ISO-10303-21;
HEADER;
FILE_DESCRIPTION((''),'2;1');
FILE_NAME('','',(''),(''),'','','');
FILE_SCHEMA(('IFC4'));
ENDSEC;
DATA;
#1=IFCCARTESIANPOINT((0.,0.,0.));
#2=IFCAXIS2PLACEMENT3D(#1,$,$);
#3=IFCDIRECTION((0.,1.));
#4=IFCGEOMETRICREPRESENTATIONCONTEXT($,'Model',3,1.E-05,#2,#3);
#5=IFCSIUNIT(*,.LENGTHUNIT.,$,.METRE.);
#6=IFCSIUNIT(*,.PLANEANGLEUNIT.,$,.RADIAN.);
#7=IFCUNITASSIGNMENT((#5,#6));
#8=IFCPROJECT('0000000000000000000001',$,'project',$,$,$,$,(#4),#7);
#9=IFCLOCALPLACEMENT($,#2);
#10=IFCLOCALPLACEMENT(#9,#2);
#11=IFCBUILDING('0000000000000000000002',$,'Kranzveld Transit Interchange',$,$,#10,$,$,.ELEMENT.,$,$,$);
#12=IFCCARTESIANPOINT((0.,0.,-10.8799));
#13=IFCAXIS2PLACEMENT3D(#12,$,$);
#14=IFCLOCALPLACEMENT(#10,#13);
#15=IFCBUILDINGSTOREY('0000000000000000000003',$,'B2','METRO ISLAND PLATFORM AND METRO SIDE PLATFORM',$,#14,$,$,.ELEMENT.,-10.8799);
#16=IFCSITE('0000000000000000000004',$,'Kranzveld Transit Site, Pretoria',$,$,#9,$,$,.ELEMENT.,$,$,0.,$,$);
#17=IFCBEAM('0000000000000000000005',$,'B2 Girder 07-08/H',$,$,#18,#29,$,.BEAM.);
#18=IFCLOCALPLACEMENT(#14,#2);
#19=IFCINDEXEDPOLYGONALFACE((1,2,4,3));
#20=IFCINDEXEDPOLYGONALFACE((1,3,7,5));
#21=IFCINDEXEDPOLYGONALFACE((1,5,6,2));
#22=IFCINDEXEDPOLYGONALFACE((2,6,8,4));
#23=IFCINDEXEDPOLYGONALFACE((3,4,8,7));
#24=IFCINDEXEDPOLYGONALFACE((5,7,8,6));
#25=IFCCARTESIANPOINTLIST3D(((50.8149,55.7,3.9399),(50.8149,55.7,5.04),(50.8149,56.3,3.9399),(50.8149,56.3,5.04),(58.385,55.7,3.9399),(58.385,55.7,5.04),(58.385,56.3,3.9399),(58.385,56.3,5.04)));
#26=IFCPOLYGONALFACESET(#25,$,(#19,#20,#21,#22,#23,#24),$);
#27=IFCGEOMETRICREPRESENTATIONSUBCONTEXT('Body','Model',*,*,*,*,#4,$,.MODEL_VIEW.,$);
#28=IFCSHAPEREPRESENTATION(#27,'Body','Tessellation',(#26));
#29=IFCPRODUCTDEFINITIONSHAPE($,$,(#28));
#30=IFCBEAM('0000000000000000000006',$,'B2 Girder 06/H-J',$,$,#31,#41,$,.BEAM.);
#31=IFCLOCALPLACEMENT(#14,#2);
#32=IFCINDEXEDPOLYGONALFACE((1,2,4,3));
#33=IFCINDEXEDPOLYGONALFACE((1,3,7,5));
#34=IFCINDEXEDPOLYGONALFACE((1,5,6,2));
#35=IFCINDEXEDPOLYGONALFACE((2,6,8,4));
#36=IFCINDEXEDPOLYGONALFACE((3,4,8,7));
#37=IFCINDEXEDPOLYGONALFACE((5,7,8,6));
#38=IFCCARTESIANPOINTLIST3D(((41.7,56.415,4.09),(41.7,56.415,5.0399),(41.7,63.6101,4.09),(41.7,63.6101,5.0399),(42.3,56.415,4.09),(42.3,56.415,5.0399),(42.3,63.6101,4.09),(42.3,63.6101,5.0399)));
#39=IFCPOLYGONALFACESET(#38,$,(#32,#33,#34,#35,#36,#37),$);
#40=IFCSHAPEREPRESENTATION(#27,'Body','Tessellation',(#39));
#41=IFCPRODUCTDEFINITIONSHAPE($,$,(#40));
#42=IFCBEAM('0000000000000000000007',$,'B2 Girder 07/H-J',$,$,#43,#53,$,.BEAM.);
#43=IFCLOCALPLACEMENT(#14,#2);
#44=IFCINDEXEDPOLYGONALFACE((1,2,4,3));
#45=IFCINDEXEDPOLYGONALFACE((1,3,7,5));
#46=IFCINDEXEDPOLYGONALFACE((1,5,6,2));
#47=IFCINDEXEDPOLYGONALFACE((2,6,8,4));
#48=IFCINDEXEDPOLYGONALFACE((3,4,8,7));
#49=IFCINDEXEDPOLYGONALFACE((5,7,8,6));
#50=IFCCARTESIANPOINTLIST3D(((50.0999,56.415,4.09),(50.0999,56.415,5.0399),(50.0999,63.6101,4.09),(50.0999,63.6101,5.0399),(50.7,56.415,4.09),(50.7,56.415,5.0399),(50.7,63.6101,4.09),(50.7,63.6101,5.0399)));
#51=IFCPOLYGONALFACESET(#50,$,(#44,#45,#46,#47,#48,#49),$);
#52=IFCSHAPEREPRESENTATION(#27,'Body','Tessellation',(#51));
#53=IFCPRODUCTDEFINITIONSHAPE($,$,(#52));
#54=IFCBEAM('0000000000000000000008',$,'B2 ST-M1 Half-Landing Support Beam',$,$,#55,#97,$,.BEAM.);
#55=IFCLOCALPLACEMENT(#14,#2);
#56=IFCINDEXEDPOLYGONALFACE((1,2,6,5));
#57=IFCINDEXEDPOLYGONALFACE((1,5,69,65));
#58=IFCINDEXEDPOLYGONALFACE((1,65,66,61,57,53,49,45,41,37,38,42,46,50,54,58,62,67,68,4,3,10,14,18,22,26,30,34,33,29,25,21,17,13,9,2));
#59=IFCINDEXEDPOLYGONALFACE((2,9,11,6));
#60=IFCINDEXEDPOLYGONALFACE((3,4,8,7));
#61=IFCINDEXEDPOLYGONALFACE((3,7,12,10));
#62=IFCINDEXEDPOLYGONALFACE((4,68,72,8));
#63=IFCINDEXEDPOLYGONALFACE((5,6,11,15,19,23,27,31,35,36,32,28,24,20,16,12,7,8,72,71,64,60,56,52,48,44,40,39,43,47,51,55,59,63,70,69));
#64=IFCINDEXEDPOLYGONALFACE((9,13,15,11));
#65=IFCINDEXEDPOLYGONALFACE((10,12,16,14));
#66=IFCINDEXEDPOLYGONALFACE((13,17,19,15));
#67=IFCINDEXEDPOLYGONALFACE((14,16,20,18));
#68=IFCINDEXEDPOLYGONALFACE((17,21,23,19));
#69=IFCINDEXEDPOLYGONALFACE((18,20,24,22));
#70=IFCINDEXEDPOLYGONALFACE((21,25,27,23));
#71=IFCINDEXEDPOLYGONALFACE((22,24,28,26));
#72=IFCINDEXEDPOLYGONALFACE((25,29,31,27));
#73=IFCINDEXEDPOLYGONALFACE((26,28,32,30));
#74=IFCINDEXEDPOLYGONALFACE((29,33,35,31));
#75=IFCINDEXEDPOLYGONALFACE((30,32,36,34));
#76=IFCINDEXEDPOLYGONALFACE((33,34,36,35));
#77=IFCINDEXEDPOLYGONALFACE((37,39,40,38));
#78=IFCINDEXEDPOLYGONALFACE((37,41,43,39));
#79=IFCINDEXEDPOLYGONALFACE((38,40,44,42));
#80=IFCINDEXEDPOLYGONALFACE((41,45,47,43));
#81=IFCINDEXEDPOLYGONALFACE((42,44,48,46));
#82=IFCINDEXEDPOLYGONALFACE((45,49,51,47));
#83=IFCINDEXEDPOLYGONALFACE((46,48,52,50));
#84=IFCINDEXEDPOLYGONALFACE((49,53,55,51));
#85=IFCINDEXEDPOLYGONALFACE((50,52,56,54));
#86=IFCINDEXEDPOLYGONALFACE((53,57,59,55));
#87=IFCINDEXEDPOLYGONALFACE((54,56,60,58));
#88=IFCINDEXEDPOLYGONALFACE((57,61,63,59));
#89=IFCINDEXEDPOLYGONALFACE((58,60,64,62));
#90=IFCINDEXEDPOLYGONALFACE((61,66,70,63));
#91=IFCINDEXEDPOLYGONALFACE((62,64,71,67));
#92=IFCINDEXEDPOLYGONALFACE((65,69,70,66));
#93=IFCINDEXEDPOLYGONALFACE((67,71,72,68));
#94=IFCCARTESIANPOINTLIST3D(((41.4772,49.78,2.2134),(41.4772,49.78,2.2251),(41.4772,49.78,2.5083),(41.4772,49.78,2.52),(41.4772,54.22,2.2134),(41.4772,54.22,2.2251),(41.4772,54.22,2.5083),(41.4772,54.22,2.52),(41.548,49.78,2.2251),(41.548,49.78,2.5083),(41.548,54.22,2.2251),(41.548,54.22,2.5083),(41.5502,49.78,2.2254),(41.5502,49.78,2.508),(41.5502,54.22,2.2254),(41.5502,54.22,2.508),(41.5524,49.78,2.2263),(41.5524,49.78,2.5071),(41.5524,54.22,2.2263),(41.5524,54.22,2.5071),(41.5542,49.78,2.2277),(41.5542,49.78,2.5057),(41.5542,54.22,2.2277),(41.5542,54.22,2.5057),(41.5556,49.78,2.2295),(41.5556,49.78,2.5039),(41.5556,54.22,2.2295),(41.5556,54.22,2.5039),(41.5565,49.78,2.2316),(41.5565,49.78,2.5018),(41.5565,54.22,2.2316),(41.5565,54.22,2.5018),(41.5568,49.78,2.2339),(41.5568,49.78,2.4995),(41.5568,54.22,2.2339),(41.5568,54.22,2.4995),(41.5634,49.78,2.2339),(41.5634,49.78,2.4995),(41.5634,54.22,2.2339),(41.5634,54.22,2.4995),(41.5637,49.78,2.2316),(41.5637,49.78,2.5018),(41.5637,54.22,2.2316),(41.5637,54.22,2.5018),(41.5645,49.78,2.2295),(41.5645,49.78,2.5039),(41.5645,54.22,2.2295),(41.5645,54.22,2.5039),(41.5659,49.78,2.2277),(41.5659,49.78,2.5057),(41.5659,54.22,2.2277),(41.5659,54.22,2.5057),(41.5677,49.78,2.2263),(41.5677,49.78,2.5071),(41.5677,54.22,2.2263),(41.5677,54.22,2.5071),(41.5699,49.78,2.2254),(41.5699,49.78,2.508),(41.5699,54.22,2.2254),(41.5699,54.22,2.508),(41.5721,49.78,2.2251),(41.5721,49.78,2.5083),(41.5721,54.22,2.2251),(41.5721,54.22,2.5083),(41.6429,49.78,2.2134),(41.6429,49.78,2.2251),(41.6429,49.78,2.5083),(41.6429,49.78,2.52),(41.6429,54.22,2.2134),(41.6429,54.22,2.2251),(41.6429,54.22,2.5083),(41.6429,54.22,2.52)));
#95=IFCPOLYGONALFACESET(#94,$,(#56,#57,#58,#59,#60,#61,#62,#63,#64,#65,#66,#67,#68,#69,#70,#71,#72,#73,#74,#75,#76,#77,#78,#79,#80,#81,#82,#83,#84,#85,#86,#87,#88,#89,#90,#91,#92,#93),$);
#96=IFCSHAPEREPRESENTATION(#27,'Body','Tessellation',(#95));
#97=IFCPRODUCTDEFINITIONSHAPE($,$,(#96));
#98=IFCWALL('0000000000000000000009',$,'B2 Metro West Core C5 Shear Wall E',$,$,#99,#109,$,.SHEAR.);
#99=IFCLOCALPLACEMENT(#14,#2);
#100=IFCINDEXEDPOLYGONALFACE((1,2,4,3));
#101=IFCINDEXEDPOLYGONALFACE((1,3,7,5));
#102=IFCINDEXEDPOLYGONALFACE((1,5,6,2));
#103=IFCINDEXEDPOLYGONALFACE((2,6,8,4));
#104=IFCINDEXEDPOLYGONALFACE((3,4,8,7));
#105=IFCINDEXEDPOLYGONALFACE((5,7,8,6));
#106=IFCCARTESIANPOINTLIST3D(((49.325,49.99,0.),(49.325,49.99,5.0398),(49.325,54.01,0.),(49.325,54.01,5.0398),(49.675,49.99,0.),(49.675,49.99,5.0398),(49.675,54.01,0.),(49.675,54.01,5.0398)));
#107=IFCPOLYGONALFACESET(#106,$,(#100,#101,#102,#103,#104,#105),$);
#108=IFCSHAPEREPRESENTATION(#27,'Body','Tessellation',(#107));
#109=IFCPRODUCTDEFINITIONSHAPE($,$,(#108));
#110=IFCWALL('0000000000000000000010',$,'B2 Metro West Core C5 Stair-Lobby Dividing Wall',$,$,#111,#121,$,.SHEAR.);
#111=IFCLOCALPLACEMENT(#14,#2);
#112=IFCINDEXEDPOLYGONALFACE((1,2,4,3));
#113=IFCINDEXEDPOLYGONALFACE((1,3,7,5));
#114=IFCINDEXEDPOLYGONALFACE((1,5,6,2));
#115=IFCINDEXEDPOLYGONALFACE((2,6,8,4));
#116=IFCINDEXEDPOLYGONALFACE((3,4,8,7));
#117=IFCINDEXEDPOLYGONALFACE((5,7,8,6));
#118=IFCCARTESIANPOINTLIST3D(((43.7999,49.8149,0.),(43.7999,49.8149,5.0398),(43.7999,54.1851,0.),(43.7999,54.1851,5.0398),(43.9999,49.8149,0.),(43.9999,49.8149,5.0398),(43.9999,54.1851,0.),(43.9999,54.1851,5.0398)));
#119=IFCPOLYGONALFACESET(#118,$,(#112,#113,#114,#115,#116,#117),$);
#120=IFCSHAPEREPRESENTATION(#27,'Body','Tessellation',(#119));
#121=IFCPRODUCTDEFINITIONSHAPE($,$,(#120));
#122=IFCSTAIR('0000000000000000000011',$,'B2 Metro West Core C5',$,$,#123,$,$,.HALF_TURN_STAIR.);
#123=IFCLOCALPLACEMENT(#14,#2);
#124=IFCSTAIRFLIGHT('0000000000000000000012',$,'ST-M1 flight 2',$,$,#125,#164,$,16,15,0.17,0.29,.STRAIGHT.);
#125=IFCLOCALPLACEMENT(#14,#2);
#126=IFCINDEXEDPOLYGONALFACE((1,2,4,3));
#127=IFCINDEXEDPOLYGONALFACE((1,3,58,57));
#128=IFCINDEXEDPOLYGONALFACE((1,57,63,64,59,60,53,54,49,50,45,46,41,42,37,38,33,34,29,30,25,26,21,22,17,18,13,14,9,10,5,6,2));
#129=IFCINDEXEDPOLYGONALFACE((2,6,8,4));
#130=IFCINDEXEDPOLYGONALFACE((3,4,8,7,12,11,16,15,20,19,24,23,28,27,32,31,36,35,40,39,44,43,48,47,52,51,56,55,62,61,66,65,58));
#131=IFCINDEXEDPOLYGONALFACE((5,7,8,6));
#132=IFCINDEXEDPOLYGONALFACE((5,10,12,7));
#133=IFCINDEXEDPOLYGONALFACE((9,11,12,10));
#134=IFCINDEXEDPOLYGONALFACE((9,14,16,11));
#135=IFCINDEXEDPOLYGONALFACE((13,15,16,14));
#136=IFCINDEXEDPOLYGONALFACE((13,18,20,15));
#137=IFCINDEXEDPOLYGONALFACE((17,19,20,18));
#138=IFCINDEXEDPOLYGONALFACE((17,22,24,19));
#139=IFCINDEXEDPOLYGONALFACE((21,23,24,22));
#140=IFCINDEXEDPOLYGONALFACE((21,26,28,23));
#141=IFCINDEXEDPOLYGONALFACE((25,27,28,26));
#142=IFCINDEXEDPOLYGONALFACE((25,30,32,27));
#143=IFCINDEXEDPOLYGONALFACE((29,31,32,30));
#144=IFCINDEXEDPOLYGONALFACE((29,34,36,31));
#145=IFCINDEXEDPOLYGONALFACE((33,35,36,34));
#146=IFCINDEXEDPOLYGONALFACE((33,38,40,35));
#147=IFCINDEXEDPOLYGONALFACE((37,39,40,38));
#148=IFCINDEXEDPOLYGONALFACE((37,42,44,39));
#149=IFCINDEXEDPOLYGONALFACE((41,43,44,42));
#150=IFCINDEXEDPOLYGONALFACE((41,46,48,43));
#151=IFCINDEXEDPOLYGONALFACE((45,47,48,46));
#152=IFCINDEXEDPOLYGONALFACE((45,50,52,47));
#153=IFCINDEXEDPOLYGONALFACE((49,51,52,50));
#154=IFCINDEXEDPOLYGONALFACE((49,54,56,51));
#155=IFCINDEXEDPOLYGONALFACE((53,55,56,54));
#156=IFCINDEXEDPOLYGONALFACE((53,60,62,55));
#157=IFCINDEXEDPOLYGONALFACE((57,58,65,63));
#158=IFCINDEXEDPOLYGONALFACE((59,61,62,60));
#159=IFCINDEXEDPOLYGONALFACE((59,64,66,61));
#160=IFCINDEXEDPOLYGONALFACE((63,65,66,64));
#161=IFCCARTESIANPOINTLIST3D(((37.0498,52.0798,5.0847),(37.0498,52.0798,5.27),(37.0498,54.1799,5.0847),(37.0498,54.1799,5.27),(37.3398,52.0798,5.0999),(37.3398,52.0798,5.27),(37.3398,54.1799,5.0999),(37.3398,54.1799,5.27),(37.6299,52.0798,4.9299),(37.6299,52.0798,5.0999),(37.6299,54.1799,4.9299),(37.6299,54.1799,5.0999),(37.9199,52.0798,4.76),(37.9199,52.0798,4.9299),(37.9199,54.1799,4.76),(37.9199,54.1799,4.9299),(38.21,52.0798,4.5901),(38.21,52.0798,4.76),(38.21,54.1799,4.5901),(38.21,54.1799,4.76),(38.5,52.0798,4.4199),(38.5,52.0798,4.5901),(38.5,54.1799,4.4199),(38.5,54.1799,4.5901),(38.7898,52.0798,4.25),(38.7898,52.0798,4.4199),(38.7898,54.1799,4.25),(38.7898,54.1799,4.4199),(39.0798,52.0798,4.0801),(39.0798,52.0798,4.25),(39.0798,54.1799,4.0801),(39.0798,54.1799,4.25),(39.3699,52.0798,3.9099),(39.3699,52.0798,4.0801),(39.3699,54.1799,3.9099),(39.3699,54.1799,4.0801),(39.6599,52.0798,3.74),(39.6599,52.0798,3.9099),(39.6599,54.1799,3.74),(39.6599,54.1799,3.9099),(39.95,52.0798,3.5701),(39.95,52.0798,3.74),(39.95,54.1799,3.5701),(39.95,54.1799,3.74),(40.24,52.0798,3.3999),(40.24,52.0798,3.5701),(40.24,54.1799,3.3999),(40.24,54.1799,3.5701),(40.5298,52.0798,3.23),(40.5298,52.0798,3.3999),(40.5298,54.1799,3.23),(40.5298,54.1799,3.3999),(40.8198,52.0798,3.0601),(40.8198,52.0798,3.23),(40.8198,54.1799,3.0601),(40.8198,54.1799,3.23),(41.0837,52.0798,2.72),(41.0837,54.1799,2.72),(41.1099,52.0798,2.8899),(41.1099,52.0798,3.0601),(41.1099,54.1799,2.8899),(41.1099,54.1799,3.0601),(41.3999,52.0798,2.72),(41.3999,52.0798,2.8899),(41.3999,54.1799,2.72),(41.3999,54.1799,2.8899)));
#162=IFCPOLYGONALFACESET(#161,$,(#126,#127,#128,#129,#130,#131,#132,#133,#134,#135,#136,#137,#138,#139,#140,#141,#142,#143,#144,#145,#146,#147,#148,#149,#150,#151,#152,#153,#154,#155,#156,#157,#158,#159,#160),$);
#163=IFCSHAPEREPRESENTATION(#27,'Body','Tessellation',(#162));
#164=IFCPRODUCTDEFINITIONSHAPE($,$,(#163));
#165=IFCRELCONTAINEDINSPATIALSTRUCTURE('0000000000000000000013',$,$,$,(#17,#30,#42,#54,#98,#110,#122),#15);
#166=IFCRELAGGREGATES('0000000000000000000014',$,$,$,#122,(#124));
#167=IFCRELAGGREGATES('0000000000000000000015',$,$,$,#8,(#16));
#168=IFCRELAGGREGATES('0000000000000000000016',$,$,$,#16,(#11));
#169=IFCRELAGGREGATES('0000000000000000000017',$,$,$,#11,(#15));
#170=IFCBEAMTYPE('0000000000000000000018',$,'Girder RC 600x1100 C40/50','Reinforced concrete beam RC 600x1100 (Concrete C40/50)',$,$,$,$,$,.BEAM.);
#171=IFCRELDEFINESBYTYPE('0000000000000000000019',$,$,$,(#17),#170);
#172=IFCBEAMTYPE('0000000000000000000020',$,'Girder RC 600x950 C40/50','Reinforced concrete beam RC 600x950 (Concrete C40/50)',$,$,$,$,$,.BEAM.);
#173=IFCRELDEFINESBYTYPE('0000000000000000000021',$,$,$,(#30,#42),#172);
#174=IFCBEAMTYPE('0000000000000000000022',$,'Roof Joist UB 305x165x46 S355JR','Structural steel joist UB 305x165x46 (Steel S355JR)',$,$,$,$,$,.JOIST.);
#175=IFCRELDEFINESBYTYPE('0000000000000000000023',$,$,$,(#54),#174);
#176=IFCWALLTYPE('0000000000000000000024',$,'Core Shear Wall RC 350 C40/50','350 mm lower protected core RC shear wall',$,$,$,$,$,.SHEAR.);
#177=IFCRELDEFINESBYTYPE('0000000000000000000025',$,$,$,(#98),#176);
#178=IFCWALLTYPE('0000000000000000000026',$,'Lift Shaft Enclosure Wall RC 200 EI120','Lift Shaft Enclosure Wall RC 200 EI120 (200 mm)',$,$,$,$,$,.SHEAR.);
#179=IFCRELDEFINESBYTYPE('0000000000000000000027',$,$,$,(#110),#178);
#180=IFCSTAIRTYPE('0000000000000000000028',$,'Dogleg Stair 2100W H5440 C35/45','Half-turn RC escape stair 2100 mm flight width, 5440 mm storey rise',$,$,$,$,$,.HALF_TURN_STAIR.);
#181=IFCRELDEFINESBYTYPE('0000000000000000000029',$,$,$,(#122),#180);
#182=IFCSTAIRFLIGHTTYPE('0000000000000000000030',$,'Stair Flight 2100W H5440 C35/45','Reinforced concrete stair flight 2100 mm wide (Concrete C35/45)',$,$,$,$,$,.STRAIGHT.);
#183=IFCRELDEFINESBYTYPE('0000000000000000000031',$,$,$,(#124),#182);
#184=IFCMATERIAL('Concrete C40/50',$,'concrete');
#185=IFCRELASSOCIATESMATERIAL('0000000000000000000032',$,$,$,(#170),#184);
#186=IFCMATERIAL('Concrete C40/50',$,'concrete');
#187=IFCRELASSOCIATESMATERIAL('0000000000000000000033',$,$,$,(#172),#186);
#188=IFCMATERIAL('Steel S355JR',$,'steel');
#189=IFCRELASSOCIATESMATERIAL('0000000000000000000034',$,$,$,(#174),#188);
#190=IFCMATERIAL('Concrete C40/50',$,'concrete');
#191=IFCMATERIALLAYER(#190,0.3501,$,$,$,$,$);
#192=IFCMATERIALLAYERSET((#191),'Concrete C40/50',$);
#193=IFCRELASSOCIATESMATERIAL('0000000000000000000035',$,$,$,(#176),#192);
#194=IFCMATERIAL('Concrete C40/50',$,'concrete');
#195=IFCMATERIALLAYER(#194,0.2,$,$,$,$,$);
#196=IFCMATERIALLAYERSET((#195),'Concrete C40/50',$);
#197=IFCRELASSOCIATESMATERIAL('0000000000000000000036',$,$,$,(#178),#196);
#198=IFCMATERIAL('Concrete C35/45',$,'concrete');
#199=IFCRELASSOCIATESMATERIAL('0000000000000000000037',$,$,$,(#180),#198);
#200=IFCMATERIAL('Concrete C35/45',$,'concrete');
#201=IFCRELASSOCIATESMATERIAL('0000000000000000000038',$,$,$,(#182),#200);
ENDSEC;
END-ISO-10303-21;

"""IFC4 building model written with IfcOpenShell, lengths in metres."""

from ifc_helpers import new_model, si_unit, direction, frame, frame_2d, origin, origin_2d, place, context, subcontext, project, spatial, polyline, rectangle, i_section, outline, extrude, material, layer, layer_set, material_profile, profile_set, type_object, element, aggregate, save


model = new_model("IFC4")

# Units and contexts
model_context = context("Model", 3, precision=1e-05, world=origin(), true_north=direction((0.0, 1.0)))
body_context = subcontext(model_context, "Body", "Model", "MODEL_VIEW")
ifc_project = project(units=[si_unit("LENGTHUNIT", "METRE"), si_unit("PLANEANGLEUNIT", "RADIAN")], contexts=[model_context])

# Site, building, storey
site_placement = place(None, origin())
site = spatial("IfcSite", under=ifc_project, at=site_placement, Name="Kranzveld Transit Site, Pretoria", CompositionType="ELEMENT", RefElevation=0.0)
building_placement = place(site_placement, origin())
building = spatial("IfcBuilding", under=site, at=building_placement, Name="Kranzveld Transit Interchange", CompositionType="ELEMENT")
storey_placement = place(building_placement, frame((0.0, 0.0, -10.8799)))
storey = spatial("IfcBuildingStorey", under=building, at=storey_placement, Name="B2", Description="METRO ISLAND PLATFORM AND METRO SIDE PLATFORM", CompositionType="ELEMENT", Elevation=-10.8799)

# Beams
ifc_material_1 = material(Name="Concrete C40/50", Category="concrete")
ifc_material_profile_1 = material_profile(ifc_material_1, rectangle(XDim=0.6001, YDim=1.1001, at=origin_2d()), Name="RC 600x1100")
ifc_profile_set_1 = profile_set([ifc_material_profile_1], Name="Concrete C40/50")
beam_type_1 = type_object("IfcBeamType", Name="Girder RC 600x1100 C40/50", Description="Reinforced concrete beam RC 600x1100 (Concrete C40/50)", PredefinedType="BEAM", material=ifc_profile_set_1)
beam_1_placement = place(storey_placement, frame((50.8149, 56.0, 4.49), z_axis=(1.0, 0.0, 0.0), x_axis=(0.0, 1.0, 0.0)))
element("IfcBeam", 1, at=beam_1_placement, inside=storey, type_object=beam_type_1, Name="B2 Girder 07-08/H", PredefinedType="BEAM", context=body_context, shape_type="SweptSolid", body=[
    extrude(rectangle(XDim=0.6001, YDim=1.1001, at=origin_2d()), origin(), (0.0, 0.0, 1.0), 7.5701),
])
ifc_material_2 = material(Name="Concrete C40/50", Category="concrete")
ifc_material_profile_2 = material_profile(ifc_material_2, rectangle(XDim=0.6001, YDim=0.95, at=origin_2d()), Name="RC 600x950")
ifc_profile_set_2 = profile_set([ifc_material_profile_2], Name="Concrete C40/50")
beam_type_2 = type_object("IfcBeamType", Name="Girder RC 600x950 C40/50", Description="Reinforced concrete beam RC 600x950 (Concrete C40/50)", PredefinedType="BEAM", material=ifc_profile_set_2)
for number, where, z_axis, x_axis, name in (
    (2, (42.0, 56.415, 4.5649), (0.0, 1.0, 0.0), (-1.0, 0.0, 0.0), "B2 Girder 06/H-J"),
    (3, (50.3999, 56.415, 4.5649), (0.0, 1.0, 0.0), (-1.0, 0.0, 0.0), "B2 Girder 07/H-J"),
):
    element("IfcBeam", number, at=place(storey_placement, frame(where, z_axis=z_axis, x_axis=x_axis)), inside=storey, type_object=beam_type_2, Name=name, PredefinedType="BEAM", context=body_context, shape_type="SweptSolid", body=[
        extrude(rectangle(XDim=0.6001, YDim=0.95, at=origin_2d()), origin(), (0.0, 0.0, 1.0), 7.1951),
    ])
ifc_material_3 = material(Name="Steel S355JR", Category="steel")
ifc_material_profile_3 = material_profile(ifc_material_3, i_section(OverallWidth=0.1658, OverallDepth=0.3066, WebThickness=0.0066, FlangeThickness=0.0117, FilletRadius=0.0088, at=origin_2d()), Name="UB 305x165x46")
ifc_profile_set_3 = profile_set([ifc_material_profile_3], Name="Steel S355JR")
beam_type_3 = type_object("IfcBeamType", Name="Roof Joist UB 305x165x46 S355JR", Description="Structural steel joist UB 305x165x46 (Steel S355JR)", PredefinedType="JOIST", material=ifc_profile_set_3)
beam_2_placement = place(storey_placement, frame((41.5601, 49.78, 2.3667), z_axis=(0.0, 1.0, 0.0), x_axis=(-1.0, 0.0, 0.0)))
element("IfcBeam", 4, at=beam_2_placement, inside=storey, type_object=beam_type_3, Name="B2 ST-M1 Half-Landing Support Beam", PredefinedType="BEAM", context=body_context, shape_type="SweptSolid", body=[
    extrude(i_section(OverallWidth=0.1658, OverallDepth=0.3066, WebThickness=0.0066, FlangeThickness=0.0117, FilletRadius=0.0088, at=origin_2d()), origin(), (0.0, 0.0, 1.0), 4.4399),
])

# Walls
ifc_material_4 = material(Name="Concrete C40/50", Category="concrete")
ifc_layer_1 = layer(ifc_material_4, 0.3501)
ifc_layer_set_1 = layer_set([ifc_layer_1], Name="Concrete C40/50")
wall_type_1 = type_object("IfcWallType", Name="Core Shear Wall RC 350 C40/50", Description="350 mm lower protected core RC shear wall", PredefinedType="SHEAR", material=ifc_layer_set_1)
wall_1_placement = place(storey_placement, frame((49.5, 49.99, 0.0), z_axis=(0.0, 0.0, 1.0), x_axis=(0.0, 1.0, 0.0)))
element("IfcWall", 5, at=wall_1_placement, inside=storey, type_object=wall_type_1, Name="B2 Metro West Core C5 Shear Wall E", PredefinedType="SHEAR", context=body_context, shape_type="SweptSolid", body=[
    extrude(rectangle(XDim=4.02, YDim=0.3501, at=frame_2d((2.01, 0.0))), origin(), (0.0, 0.0, 1.0), 5.0398),
])
ifc_material_5 = material(Name="Concrete C40/50", Category="concrete")
ifc_layer_2 = layer(ifc_material_5, 0.2)
ifc_layer_set_2 = layer_set([ifc_layer_2], Name="Concrete C40/50")
wall_type_2 = type_object("IfcWallType", Name="Lift Shaft Enclosure Wall RC 200 EI120", Description="Lift Shaft Enclosure Wall RC 200 EI120 (200 mm)", PredefinedType="SHEAR", material=ifc_layer_set_2)
wall_2_placement = place(storey_placement, frame((43.8999, 49.8149, 0.0), z_axis=(0.0, 0.0, 1.0), x_axis=(0.0, 1.0, 0.0)))
element("IfcWall", 6, at=wall_2_placement, inside=storey, type_object=wall_type_2, Name="B2 Metro West Core C5 Stair-Lobby Dividing Wall", PredefinedType="SHEAR", context=body_context, shape_type="SweptSolid", body=[
    extrude(rectangle(XDim=4.3701, YDim=0.2, at=frame_2d((2.1851, 0.0))), origin(), (0.0, 0.0, 1.0), 5.0398),
])

# Stair, stair flight
ifc_material_6 = material(Name="Concrete C35/45", Category="concrete")
stair_type = type_object("IfcStairType", Name="Dogleg Stair 2100W H5440 C35/45", Description="Half-turn RC escape stair 2100 mm flight width, 5440 mm storey rise", PredefinedType="HALF_TURN_STAIR", material=ifc_material_6)
stair_placement = place(storey_placement, origin())
stair = element("IfcStair", 7, at=stair_placement, inside=storey, type_object=stair_type, Name="B2 Metro West Core C5", PredefinedType="HALF_TURN_STAIR")
ifc_material_7 = material(Name="Concrete C35/45", Category="concrete")
stair_flight_type = type_object("IfcStairFlightType", Name="Stair Flight 2100W H5440 C35/45", Description="Reinforced concrete stair flight 2100 mm wide (Concrete C35/45)", PredefinedType="STRAIGHT", material=ifc_material_7)
stair_flight_placement = place(storey_placement, frame((41.3999, 53.1299, 2.72), z_axis=(0.0, 0.0, 1.0), x_axis=(-1.0, 0.0, 0.0)))
stair_flight = element("IfcStairFlight", 8, at=stair_flight_placement, type_object=stair_flight_type, Name="ST-M1 flight 2", NumberOfRisers=16, NumberOfTreads=15, PredefinedType="STRAIGHT", RiserHeight=0.17, TreadLength=0.29, context=body_context, shape_type="SweptSolid", body=[
    extrude(outline(polyline([(0.0, 0.0), (0.0, 0.1699), (0.29, 0.1699), (0.29, 0.3401), (0.5801, 0.3401), (0.5801, 0.51), (0.8701, 0.51), (0.8701, 0.6799), (1.1599, 0.6799), (1.1599, 0.8501), (1.45, 0.8501), (1.45, 1.02), (1.74, 1.02), (1.74, 1.1899), (2.03, 1.1899), (2.03, 1.3601), (2.3201, 1.3601), (2.3201, 1.53), (2.6101, 1.53), (2.6101, 1.7), (2.8999, 1.7), (2.8999, 1.8701), (3.1899, 1.8701), (3.1899, 2.04), (3.48, 2.04), (3.48, 2.21), (3.77, 2.21), (3.77, 2.3799), (4.0601, 2.3799), (4.0601, 2.55), (4.3501, 2.55), (4.3501, 2.72), (4.3501, 2.3647), (0.3162, 0.0), (0.0, 0.0)])), frame((0.0, 1.05, 0.0), z_axis=(0.0, -1.0, 0.0), x_axis=(1.0, 0.0, 0.0)), (0.0, 0.0, 1.0), 2.1001),
])
aggregate(stair, [stair_flight])

save(model, "model.ifc")
